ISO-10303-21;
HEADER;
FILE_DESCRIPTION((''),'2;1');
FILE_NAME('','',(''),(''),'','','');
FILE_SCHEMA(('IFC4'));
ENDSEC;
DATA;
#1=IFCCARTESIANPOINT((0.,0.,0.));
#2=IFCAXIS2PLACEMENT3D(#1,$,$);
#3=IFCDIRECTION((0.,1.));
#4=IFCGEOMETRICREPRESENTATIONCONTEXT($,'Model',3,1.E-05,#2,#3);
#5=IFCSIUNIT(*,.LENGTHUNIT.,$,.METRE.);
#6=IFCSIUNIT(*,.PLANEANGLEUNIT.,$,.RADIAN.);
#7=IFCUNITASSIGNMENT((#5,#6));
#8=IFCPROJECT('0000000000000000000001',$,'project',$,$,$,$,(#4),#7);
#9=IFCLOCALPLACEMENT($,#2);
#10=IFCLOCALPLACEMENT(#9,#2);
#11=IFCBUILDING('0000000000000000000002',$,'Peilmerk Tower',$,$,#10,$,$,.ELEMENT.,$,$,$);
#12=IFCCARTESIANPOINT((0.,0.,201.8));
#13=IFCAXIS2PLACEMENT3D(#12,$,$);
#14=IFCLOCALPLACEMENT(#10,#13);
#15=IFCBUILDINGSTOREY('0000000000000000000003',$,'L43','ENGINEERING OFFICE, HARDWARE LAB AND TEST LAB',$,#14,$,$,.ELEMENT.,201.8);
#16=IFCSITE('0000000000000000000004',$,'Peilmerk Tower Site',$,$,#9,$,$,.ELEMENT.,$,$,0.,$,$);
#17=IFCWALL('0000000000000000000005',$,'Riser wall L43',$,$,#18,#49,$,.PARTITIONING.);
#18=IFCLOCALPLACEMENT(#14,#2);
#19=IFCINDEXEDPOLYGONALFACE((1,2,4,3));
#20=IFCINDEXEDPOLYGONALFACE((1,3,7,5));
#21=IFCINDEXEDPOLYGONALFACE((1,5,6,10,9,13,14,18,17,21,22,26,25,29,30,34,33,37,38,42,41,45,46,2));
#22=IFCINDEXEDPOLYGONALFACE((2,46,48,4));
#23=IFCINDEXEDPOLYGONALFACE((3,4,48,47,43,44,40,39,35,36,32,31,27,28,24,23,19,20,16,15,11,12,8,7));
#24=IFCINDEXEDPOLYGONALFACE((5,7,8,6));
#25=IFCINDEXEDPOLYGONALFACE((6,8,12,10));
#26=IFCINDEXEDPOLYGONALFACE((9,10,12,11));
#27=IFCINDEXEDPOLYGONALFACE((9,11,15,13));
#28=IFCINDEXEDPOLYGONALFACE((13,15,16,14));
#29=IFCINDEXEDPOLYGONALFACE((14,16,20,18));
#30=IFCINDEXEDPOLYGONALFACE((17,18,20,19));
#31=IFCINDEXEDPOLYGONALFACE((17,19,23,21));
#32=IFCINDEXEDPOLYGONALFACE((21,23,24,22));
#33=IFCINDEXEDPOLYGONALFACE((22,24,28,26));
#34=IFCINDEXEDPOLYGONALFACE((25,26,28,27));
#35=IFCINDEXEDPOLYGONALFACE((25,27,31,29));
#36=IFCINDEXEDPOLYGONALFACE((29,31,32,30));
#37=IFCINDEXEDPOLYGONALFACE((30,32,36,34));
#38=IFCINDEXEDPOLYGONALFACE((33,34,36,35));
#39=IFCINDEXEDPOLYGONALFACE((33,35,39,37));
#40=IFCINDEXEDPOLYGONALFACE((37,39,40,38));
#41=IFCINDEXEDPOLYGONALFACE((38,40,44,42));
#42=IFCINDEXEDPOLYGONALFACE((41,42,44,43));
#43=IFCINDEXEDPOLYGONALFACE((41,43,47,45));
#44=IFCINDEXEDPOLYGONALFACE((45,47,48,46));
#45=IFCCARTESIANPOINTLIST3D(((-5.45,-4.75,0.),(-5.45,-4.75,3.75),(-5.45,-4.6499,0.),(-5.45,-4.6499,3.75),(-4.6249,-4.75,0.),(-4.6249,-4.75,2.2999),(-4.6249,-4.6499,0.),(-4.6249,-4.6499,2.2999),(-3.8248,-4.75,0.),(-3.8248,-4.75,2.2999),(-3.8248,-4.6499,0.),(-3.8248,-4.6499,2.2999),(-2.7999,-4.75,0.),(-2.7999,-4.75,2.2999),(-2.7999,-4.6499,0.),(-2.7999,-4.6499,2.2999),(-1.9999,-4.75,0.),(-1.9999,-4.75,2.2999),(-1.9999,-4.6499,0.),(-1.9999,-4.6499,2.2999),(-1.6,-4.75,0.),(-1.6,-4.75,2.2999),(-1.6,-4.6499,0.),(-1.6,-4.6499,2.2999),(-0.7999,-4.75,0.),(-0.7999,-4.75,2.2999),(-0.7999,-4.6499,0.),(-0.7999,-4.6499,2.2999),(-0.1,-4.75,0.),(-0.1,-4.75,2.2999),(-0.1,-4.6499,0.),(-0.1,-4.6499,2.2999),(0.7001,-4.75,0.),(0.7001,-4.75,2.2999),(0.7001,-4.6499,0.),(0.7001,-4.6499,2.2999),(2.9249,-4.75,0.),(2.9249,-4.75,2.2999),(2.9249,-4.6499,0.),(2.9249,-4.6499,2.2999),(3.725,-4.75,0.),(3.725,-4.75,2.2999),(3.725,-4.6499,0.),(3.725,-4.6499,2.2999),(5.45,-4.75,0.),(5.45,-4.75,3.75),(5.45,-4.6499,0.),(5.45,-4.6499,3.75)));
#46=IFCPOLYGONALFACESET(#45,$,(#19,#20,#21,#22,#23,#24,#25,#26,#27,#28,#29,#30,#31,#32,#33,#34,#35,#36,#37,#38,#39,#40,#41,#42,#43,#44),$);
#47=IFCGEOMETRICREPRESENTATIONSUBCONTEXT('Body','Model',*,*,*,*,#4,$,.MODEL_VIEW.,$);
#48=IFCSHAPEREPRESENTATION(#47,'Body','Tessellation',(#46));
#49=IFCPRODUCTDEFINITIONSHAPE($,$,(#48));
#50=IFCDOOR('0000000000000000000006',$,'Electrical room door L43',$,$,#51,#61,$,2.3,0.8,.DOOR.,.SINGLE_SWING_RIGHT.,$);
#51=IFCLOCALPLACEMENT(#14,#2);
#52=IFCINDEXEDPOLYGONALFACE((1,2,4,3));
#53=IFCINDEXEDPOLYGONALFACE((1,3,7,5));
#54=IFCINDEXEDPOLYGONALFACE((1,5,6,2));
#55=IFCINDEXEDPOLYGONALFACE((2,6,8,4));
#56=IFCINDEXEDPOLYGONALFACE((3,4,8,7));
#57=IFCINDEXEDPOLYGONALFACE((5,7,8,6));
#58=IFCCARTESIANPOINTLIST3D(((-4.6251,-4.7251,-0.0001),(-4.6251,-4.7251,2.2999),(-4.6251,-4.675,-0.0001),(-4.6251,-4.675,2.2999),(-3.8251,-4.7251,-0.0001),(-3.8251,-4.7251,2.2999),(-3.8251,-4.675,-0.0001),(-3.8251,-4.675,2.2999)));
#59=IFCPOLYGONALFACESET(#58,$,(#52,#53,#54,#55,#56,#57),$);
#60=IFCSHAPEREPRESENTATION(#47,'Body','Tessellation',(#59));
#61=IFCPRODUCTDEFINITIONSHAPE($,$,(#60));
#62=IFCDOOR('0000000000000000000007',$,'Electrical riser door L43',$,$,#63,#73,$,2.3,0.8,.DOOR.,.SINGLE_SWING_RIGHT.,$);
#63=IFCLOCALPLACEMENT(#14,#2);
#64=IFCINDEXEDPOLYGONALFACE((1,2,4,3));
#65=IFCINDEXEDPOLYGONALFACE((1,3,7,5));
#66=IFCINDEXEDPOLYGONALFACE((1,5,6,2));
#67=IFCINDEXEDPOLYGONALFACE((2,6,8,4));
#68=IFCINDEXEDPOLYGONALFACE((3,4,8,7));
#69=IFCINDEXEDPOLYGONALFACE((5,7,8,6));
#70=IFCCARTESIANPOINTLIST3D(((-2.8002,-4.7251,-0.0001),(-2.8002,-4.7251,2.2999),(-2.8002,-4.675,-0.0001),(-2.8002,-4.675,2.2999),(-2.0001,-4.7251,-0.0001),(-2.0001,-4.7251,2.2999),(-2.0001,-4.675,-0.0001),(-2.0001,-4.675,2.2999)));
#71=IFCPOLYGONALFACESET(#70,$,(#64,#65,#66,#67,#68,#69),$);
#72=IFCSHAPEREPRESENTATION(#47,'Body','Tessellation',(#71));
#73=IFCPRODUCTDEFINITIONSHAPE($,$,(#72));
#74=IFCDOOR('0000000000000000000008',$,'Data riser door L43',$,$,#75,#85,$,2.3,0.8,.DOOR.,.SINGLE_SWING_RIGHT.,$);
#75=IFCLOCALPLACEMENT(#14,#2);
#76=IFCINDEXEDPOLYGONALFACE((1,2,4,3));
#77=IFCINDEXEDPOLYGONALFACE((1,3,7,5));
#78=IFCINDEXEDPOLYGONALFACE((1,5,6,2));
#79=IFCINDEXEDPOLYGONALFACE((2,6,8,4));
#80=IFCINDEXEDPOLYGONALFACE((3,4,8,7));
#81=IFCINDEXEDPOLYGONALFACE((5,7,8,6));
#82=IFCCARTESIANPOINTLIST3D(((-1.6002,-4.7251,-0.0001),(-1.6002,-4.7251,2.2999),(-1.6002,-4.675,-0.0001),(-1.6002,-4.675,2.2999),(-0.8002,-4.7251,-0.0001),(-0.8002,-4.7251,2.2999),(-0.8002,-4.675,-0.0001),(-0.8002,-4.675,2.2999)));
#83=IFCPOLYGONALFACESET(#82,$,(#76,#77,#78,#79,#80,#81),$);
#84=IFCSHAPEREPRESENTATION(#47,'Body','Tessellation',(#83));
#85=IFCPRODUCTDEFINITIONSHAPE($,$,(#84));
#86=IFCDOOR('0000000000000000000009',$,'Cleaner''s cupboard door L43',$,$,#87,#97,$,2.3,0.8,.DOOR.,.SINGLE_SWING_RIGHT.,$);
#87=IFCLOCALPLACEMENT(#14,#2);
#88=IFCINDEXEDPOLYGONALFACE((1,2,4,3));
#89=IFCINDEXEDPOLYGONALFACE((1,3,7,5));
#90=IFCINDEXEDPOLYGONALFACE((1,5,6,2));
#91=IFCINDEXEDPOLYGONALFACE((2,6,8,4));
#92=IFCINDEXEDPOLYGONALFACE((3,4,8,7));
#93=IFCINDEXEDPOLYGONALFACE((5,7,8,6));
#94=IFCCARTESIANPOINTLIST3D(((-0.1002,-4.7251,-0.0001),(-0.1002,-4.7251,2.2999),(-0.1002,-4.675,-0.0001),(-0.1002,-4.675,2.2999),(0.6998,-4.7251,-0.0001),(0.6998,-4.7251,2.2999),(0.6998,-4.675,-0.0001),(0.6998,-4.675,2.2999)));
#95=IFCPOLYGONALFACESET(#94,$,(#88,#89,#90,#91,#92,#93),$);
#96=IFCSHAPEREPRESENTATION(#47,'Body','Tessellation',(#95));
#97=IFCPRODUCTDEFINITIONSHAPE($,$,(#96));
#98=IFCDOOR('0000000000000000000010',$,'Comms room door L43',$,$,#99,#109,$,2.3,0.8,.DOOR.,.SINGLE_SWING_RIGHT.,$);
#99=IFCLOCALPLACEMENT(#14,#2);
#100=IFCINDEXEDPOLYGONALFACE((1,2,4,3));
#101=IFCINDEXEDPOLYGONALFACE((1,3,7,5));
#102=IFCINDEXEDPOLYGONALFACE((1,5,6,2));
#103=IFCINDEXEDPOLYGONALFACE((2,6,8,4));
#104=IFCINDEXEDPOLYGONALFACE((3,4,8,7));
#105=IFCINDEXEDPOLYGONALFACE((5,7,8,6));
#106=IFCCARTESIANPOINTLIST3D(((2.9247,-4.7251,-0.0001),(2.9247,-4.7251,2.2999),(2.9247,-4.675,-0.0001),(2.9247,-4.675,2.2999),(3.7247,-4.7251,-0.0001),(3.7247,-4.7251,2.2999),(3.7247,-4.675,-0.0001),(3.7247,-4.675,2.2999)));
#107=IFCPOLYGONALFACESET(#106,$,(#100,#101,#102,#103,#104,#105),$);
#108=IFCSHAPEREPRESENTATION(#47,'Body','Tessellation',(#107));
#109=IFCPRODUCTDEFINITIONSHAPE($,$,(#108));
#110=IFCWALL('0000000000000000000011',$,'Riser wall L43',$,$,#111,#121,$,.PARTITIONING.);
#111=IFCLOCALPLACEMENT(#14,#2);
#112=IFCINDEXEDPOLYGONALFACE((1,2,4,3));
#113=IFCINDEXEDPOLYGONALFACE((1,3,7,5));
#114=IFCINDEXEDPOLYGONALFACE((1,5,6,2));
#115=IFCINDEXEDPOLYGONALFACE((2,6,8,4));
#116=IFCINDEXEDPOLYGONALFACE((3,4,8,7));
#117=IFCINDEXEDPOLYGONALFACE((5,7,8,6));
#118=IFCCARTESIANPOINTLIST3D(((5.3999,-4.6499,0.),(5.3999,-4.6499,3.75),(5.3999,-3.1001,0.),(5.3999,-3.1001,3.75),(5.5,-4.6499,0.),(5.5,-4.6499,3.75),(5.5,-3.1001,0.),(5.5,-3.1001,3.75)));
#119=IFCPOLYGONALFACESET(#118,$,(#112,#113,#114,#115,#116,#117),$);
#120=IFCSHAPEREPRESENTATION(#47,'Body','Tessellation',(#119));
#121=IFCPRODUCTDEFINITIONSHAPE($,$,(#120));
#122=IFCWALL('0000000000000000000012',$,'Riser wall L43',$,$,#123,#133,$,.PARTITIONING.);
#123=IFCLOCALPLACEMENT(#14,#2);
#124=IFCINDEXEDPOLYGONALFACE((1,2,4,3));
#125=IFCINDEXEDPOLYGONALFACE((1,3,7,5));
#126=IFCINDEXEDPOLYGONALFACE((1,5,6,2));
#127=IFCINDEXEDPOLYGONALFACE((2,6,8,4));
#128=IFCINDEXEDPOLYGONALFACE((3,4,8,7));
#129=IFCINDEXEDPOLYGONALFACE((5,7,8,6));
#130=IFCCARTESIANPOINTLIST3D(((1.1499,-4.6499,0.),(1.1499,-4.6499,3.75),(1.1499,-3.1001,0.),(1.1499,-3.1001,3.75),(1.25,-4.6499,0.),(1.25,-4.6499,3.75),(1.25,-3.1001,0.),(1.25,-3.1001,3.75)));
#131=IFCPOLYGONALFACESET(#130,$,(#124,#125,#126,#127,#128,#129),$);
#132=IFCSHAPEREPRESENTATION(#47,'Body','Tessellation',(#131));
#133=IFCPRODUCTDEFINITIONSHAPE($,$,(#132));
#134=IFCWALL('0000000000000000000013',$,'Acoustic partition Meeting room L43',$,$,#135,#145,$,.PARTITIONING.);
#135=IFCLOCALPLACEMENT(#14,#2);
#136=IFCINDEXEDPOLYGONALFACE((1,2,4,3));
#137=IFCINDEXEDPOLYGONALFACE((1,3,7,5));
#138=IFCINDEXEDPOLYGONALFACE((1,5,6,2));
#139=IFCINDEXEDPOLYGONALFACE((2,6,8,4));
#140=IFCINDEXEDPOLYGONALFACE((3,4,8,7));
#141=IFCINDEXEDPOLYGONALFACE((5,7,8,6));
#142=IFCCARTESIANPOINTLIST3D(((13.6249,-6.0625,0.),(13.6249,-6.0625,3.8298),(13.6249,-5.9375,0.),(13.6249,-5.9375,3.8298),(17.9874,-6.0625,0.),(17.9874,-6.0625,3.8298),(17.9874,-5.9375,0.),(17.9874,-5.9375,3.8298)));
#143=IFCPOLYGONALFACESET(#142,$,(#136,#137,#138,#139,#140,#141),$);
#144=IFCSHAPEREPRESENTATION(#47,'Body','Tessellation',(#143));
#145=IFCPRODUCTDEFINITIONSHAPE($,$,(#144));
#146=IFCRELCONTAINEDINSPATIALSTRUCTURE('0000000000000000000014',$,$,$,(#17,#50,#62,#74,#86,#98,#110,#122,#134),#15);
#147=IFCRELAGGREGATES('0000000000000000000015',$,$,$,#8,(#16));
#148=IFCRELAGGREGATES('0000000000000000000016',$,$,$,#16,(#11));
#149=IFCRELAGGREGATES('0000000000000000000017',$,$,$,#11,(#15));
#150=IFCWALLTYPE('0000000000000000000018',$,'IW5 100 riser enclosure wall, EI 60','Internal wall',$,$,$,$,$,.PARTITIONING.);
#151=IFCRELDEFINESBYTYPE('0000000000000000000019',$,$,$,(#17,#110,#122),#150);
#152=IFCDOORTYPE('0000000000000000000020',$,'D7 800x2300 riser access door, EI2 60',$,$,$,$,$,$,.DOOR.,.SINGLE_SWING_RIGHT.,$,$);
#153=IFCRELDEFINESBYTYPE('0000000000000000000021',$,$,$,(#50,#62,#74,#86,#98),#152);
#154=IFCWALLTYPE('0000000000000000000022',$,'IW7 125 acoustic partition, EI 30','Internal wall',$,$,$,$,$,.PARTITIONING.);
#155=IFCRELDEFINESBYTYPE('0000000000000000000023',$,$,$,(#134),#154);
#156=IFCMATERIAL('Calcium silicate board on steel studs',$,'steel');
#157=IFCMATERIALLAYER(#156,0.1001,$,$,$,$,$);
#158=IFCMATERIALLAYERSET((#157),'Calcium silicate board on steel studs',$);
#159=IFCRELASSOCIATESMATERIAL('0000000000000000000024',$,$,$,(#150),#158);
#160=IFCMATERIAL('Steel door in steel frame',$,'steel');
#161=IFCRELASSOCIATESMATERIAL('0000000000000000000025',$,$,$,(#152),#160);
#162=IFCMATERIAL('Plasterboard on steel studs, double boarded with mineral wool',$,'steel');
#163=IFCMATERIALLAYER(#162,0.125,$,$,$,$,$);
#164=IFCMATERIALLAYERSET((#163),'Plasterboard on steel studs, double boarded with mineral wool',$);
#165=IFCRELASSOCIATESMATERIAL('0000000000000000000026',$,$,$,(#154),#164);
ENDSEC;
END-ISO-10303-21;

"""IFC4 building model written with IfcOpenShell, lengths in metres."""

from ifc_helpers import new_model, si_unit, direction, frame, frame_2d, origin, place, context, subcontext, project, spatial, rectangle, extrude, material, layer, layer_set, type_object, element, fill, save


model = new_model("IFC4")

# Units and contexts
model_context = context("Model", 3, precision=1e-05, world=origin(), true_north=direction((0.0, 1.0)))
body_context = subcontext(model_context, "Body", "Model", "MODEL_VIEW")
ifc_project = project(units=[si_unit("LENGTHUNIT", "METRE"), si_unit("PLANEANGLEUNIT", "RADIAN")], contexts=[model_context])

# Site, building, storey
site_placement = place(None, origin())
site = spatial("IfcSite", under=ifc_project, at=site_placement, Name="Peilmerk Tower Site", CompositionType="ELEMENT", RefElevation=0.0)
building_placement = place(site_placement, origin())
building = spatial("IfcBuilding", under=site, at=building_placement, Name="Peilmerk Tower", CompositionType="ELEMENT")
storey_placement = place(building_placement, frame((0.0, 0.0, 201.8)))
storey = spatial("IfcBuildingStorey", under=building, at=storey_placement, Name="L43", Description="ENGINEERING OFFICE, HARDWARE LAB AND TEST LAB", CompositionType="ELEMENT", Elevation=201.8)

# Shared definitions
ifc_material_1 = material(Name="Steel door in steel frame", Category="steel")

# Shared definitions
ifc_material_2 = material(Name="Calcium silicate board on steel studs", Category="steel")
ifc_layer_1 = layer(ifc_material_2, 0.1001)
ifc_layer_set_1 = layer_set([ifc_layer_1], Name="Calcium silicate board on steel studs")
wall_type_1 = type_object("IfcWallType", Name="IW5 100 riser enclosure wall, EI 60", Description="Internal wall", PredefinedType="PARTITIONING", material=ifc_layer_set_1)

# Wall, openings, doors
wall_1_placement = place(storey_placement, frame((5.45, -4.7, 0.0), z_axis=(0.0, 0.0, 1.0), x_axis=(-1.0, 0.0, 0.0)))
wall_1 = element("IfcWall", 1, at=wall_1_placement, inside=storey, type_object=wall_type_1, Name="Riser wall L43", PredefinedType="PARTITIONING", context=body_context, shape_type="SweptSolid", body=[
    extrude(rectangle(XDim=10.8999, YDim=0.1001, at=frame_2d((5.45, 0.0))), origin(), (0.0, 0.0, 1.0), 3.75),
])
opening_1_placement = place(wall_1_placement, frame((9.2749, 0.0, 0.0)))
opening_1 = element("IfcOpeningElement", 2, at=opening_1_placement, cuts=wall_1, PredefinedType="OPENING", context=body_context, shape_type="SweptSolid", body=[
    extrude(rectangle(XDim=0.8, YDim=2.3, at=frame_2d((0.3999, 1.1499))), frame((0.0, 0.0601, 0.0), z_axis=(0.0, -1.0, 0.0), x_axis=(1.0, 0.0, 0.0)), (0.0, 0.0, 1.0), 0.1201),
])
opening_2_placement = place(wall_1_placement, frame((7.45, 0.0, 0.0)))
opening_2 = element("IfcOpeningElement", 3, at=opening_2_placement, cuts=wall_1, PredefinedType="OPENING", context=body_context, shape_type="SweptSolid", body=[
    extrude(rectangle(XDim=0.8, YDim=2.3, at=frame_2d((0.3999, 1.1499))), frame((0.0, 0.0601, 0.0), z_axis=(0.0, -1.0, 0.0), x_axis=(1.0, 0.0, 0.0)), (0.0, 0.0, 1.0), 0.1201),
])
opening_3_placement = place(wall_1_placement, frame((6.25, 0.0, 0.0)))
opening_3 = element("IfcOpeningElement", 4, at=opening_3_placement, cuts=wall_1, PredefinedType="OPENING", context=body_context, shape_type="SweptSolid", body=[
    extrude(rectangle(XDim=0.8, YDim=2.3, at=frame_2d((0.3999, 1.1499))), frame((0.0, 0.0601, 0.0), z_axis=(0.0, -1.0, 0.0), x_axis=(1.0, 0.0, 0.0)), (0.0, 0.0, 1.0), 0.1201),
])
opening_4_placement = place(wall_1_placement, frame((4.75, 0.0, 0.0)))
opening_4 = element("IfcOpeningElement", 5, at=opening_4_placement, cuts=wall_1, PredefinedType="OPENING", context=body_context, shape_type="SweptSolid", body=[
    extrude(rectangle(XDim=0.8, YDim=2.3, at=frame_2d((0.3999, 1.1499))), frame((0.0, 0.0601, 0.0), z_axis=(0.0, -1.0, 0.0), x_axis=(1.0, 0.0, 0.0)), (0.0, 0.0, 1.0), 0.1201),
])
opening_5_placement = place(wall_1_placement, frame((1.7251, 0.0, 0.0)))
opening_5 = element("IfcOpeningElement", 6, at=opening_5_placement, cuts=wall_1, PredefinedType="OPENING", context=body_context, shape_type="SweptSolid", body=[
    extrude(rectangle(XDim=0.8, YDim=2.3, at=frame_2d((0.3999, 1.1499))), frame((0.0, 0.0601, 0.0), z_axis=(0.0, -1.0, 0.0), x_axis=(1.0, 0.0, 0.0)), (0.0, 0.0, 1.0), 0.1201),
])
door_type_1 = type_object("IfcDoorType", Name="D7 800x2300 riser access door, EI2 60", OperationType="SINGLE_SWING_RIGHT", PredefinedType="DOOR", material=ifc_material_1)
door_1_placement = place(opening_1_placement, frame((0.8, 0.0, 0.0), z_axis=(0.0, 0.0, 1.0), x_axis=(-1.0, 0.0, 0.0)))
door_1 = element("IfcDoor", 7, at=door_1_placement, inside=storey, type_object=door_type_1, Name="Electrical room door L43", OperationType="SINGLE_SWING_RIGHT", OverallHeight=2.3, OverallWidth=0.8, PredefinedType="DOOR", context=body_context, shape_type="SweptSolid", body=[
    extrude(rectangle(XDim=0.8, YDim=2.3, at=frame_2d((0.3999, 1.1499))), frame((0.0, 0.0249, 0.0), z_axis=(0.0, -1.0, 0.0), x_axis=(1.0, 0.0, 0.0)), (0.0, 0.0, 1.0), 0.05),
])
fill(opening_1, door_1)
door_2_placement = place(opening_2_placement, frame((0.8, 0.0, 0.0), z_axis=(0.0, 0.0, 1.0), x_axis=(-1.0, 0.0, 0.0)))
door_2 = element("IfcDoor", 8, at=door_2_placement, inside=storey, type_object=door_type_1, Name="Electrical riser door L43", OperationType="SINGLE_SWING_RIGHT", OverallHeight=2.3, OverallWidth=0.8, PredefinedType="DOOR", context=body_context, shape_type="SweptSolid", body=[
    extrude(rectangle(XDim=0.8, YDim=2.3, at=frame_2d((0.3999, 1.1499))), frame((0.0, 0.0249, 0.0), z_axis=(0.0, -1.0, 0.0), x_axis=(1.0, 0.0, 0.0)), (0.0, 0.0, 1.0), 0.05),
])
fill(opening_2, door_2)
door_3_placement = place(opening_3_placement, frame((0.8, 0.0, 0.0), z_axis=(0.0, 0.0, 1.0), x_axis=(-1.0, 0.0, 0.0)))
door_3 = element("IfcDoor", 9, at=door_3_placement, inside=storey, type_object=door_type_1, Name="Data riser door L43", OperationType="SINGLE_SWING_RIGHT", OverallHeight=2.3, OverallWidth=0.8, PredefinedType="DOOR", context=body_context, shape_type="SweptSolid", body=[
    extrude(rectangle(XDim=0.8, YDim=2.3, at=frame_2d((0.3999, 1.1499))), frame((0.0, 0.0249, 0.0), z_axis=(0.0, -1.0, 0.0), x_axis=(1.0, 0.0, 0.0)), (0.0, 0.0, 1.0), 0.05),
])
fill(opening_3, door_3)
door_4_placement = place(opening_4_placement, frame((0.8, 0.0, 0.0), z_axis=(0.0, 0.0, 1.0), x_axis=(-1.0, 0.0, 0.0)))
door_4 = element("IfcDoor", 10, at=door_4_placement, inside=storey, type_object=door_type_1, Name="Cleaner's cupboard door L43", OperationType="SINGLE_SWING_RIGHT", OverallHeight=2.3, OverallWidth=0.8, PredefinedType="DOOR", context=body_context, shape_type="SweptSolid", body=[
    extrude(rectangle(XDim=0.8, YDim=2.3, at=frame_2d((0.3999, 1.1499))), frame((0.0, 0.0249, 0.0), z_axis=(0.0, -1.0, 0.0), x_axis=(1.0, 0.0, 0.0)), (0.0, 0.0, 1.0), 0.05),
])
fill(opening_4, door_4)
door_5_placement = place(opening_5_placement, frame((0.8, 0.0, 0.0), z_axis=(0.0, 0.0, 1.0), x_axis=(-1.0, 0.0, 0.0)))
door_5 = element("IfcDoor", 11, at=door_5_placement, inside=storey, type_object=door_type_1, Name="Comms room door L43", OperationType="SINGLE_SWING_RIGHT", OverallHeight=2.3, OverallWidth=0.8, PredefinedType="DOOR", context=body_context, shape_type="SweptSolid", body=[
    extrude(rectangle(XDim=0.8, YDim=2.3, at=frame_2d((0.3999, 1.1499))), frame((0.0, 0.0249, 0.0), z_axis=(0.0, -1.0, 0.0), x_axis=(1.0, 0.0, 0.0)), (0.0, 0.0, 1.0), 0.05),
])
fill(opening_5, door_5)

# Walls
for number, where, z_axis, x_axis, name in (
    (12, (5.45, -3.1001, 0.0), (0.0, 0.0, 1.0), (0.0, -1.0, 0.0), "Riser wall L43"),
    (13, (1.2, -3.1001, 0.0), (0.0, 0.0, 1.0), (0.0, -1.0, 0.0), "Riser wall L43"),
):
    element("IfcWall", number, at=place(storey_placement, frame(where, z_axis=z_axis, x_axis=x_axis)), inside=storey, type_object=wall_type_1, Name=name, PredefinedType="PARTITIONING", context=body_context, shape_type="SweptSolid", body=[
        extrude(rectangle(XDim=1.5498, YDim=0.1001, at=frame_2d((0.7749, 0.0))), origin(), (0.0, 0.0, 1.0), 3.75),
    ])
ifc_material_3 = material(Name="Plasterboard on steel studs, double boarded with mineral wool", Category="steel")
ifc_layer_2 = layer(ifc_material_3, 0.125)
ifc_layer_set_2 = layer_set([ifc_layer_2], Name="Plasterboard on steel studs, double boarded with mineral wool")
wall_type_2 = type_object("IfcWallType", Name="IW7 125 acoustic partition, EI 30", Description="Internal wall", PredefinedType="PARTITIONING", material=ifc_layer_set_2)
wall_2_placement = place(storey_placement, frame((13.625, -6.0, 0.0), z_axis=(0.0, 0.0, 1.0), x_axis=(1.0, 0.0, 0.0)))
element("IfcWall", 14, at=wall_2_placement, inside=storey, type_object=wall_type_2, Name="Acoustic partition Meeting room L43", PredefinedType="PARTITIONING", context=body_context, shape_type="SweptSolid", body=[
    extrude(rectangle(XDim=4.3625, YDim=0.125, at=frame_2d((2.1812, 0.0))), origin(), (0.0, 0.0, 1.0), 3.8298),
])

save(model, "model.ifc")
